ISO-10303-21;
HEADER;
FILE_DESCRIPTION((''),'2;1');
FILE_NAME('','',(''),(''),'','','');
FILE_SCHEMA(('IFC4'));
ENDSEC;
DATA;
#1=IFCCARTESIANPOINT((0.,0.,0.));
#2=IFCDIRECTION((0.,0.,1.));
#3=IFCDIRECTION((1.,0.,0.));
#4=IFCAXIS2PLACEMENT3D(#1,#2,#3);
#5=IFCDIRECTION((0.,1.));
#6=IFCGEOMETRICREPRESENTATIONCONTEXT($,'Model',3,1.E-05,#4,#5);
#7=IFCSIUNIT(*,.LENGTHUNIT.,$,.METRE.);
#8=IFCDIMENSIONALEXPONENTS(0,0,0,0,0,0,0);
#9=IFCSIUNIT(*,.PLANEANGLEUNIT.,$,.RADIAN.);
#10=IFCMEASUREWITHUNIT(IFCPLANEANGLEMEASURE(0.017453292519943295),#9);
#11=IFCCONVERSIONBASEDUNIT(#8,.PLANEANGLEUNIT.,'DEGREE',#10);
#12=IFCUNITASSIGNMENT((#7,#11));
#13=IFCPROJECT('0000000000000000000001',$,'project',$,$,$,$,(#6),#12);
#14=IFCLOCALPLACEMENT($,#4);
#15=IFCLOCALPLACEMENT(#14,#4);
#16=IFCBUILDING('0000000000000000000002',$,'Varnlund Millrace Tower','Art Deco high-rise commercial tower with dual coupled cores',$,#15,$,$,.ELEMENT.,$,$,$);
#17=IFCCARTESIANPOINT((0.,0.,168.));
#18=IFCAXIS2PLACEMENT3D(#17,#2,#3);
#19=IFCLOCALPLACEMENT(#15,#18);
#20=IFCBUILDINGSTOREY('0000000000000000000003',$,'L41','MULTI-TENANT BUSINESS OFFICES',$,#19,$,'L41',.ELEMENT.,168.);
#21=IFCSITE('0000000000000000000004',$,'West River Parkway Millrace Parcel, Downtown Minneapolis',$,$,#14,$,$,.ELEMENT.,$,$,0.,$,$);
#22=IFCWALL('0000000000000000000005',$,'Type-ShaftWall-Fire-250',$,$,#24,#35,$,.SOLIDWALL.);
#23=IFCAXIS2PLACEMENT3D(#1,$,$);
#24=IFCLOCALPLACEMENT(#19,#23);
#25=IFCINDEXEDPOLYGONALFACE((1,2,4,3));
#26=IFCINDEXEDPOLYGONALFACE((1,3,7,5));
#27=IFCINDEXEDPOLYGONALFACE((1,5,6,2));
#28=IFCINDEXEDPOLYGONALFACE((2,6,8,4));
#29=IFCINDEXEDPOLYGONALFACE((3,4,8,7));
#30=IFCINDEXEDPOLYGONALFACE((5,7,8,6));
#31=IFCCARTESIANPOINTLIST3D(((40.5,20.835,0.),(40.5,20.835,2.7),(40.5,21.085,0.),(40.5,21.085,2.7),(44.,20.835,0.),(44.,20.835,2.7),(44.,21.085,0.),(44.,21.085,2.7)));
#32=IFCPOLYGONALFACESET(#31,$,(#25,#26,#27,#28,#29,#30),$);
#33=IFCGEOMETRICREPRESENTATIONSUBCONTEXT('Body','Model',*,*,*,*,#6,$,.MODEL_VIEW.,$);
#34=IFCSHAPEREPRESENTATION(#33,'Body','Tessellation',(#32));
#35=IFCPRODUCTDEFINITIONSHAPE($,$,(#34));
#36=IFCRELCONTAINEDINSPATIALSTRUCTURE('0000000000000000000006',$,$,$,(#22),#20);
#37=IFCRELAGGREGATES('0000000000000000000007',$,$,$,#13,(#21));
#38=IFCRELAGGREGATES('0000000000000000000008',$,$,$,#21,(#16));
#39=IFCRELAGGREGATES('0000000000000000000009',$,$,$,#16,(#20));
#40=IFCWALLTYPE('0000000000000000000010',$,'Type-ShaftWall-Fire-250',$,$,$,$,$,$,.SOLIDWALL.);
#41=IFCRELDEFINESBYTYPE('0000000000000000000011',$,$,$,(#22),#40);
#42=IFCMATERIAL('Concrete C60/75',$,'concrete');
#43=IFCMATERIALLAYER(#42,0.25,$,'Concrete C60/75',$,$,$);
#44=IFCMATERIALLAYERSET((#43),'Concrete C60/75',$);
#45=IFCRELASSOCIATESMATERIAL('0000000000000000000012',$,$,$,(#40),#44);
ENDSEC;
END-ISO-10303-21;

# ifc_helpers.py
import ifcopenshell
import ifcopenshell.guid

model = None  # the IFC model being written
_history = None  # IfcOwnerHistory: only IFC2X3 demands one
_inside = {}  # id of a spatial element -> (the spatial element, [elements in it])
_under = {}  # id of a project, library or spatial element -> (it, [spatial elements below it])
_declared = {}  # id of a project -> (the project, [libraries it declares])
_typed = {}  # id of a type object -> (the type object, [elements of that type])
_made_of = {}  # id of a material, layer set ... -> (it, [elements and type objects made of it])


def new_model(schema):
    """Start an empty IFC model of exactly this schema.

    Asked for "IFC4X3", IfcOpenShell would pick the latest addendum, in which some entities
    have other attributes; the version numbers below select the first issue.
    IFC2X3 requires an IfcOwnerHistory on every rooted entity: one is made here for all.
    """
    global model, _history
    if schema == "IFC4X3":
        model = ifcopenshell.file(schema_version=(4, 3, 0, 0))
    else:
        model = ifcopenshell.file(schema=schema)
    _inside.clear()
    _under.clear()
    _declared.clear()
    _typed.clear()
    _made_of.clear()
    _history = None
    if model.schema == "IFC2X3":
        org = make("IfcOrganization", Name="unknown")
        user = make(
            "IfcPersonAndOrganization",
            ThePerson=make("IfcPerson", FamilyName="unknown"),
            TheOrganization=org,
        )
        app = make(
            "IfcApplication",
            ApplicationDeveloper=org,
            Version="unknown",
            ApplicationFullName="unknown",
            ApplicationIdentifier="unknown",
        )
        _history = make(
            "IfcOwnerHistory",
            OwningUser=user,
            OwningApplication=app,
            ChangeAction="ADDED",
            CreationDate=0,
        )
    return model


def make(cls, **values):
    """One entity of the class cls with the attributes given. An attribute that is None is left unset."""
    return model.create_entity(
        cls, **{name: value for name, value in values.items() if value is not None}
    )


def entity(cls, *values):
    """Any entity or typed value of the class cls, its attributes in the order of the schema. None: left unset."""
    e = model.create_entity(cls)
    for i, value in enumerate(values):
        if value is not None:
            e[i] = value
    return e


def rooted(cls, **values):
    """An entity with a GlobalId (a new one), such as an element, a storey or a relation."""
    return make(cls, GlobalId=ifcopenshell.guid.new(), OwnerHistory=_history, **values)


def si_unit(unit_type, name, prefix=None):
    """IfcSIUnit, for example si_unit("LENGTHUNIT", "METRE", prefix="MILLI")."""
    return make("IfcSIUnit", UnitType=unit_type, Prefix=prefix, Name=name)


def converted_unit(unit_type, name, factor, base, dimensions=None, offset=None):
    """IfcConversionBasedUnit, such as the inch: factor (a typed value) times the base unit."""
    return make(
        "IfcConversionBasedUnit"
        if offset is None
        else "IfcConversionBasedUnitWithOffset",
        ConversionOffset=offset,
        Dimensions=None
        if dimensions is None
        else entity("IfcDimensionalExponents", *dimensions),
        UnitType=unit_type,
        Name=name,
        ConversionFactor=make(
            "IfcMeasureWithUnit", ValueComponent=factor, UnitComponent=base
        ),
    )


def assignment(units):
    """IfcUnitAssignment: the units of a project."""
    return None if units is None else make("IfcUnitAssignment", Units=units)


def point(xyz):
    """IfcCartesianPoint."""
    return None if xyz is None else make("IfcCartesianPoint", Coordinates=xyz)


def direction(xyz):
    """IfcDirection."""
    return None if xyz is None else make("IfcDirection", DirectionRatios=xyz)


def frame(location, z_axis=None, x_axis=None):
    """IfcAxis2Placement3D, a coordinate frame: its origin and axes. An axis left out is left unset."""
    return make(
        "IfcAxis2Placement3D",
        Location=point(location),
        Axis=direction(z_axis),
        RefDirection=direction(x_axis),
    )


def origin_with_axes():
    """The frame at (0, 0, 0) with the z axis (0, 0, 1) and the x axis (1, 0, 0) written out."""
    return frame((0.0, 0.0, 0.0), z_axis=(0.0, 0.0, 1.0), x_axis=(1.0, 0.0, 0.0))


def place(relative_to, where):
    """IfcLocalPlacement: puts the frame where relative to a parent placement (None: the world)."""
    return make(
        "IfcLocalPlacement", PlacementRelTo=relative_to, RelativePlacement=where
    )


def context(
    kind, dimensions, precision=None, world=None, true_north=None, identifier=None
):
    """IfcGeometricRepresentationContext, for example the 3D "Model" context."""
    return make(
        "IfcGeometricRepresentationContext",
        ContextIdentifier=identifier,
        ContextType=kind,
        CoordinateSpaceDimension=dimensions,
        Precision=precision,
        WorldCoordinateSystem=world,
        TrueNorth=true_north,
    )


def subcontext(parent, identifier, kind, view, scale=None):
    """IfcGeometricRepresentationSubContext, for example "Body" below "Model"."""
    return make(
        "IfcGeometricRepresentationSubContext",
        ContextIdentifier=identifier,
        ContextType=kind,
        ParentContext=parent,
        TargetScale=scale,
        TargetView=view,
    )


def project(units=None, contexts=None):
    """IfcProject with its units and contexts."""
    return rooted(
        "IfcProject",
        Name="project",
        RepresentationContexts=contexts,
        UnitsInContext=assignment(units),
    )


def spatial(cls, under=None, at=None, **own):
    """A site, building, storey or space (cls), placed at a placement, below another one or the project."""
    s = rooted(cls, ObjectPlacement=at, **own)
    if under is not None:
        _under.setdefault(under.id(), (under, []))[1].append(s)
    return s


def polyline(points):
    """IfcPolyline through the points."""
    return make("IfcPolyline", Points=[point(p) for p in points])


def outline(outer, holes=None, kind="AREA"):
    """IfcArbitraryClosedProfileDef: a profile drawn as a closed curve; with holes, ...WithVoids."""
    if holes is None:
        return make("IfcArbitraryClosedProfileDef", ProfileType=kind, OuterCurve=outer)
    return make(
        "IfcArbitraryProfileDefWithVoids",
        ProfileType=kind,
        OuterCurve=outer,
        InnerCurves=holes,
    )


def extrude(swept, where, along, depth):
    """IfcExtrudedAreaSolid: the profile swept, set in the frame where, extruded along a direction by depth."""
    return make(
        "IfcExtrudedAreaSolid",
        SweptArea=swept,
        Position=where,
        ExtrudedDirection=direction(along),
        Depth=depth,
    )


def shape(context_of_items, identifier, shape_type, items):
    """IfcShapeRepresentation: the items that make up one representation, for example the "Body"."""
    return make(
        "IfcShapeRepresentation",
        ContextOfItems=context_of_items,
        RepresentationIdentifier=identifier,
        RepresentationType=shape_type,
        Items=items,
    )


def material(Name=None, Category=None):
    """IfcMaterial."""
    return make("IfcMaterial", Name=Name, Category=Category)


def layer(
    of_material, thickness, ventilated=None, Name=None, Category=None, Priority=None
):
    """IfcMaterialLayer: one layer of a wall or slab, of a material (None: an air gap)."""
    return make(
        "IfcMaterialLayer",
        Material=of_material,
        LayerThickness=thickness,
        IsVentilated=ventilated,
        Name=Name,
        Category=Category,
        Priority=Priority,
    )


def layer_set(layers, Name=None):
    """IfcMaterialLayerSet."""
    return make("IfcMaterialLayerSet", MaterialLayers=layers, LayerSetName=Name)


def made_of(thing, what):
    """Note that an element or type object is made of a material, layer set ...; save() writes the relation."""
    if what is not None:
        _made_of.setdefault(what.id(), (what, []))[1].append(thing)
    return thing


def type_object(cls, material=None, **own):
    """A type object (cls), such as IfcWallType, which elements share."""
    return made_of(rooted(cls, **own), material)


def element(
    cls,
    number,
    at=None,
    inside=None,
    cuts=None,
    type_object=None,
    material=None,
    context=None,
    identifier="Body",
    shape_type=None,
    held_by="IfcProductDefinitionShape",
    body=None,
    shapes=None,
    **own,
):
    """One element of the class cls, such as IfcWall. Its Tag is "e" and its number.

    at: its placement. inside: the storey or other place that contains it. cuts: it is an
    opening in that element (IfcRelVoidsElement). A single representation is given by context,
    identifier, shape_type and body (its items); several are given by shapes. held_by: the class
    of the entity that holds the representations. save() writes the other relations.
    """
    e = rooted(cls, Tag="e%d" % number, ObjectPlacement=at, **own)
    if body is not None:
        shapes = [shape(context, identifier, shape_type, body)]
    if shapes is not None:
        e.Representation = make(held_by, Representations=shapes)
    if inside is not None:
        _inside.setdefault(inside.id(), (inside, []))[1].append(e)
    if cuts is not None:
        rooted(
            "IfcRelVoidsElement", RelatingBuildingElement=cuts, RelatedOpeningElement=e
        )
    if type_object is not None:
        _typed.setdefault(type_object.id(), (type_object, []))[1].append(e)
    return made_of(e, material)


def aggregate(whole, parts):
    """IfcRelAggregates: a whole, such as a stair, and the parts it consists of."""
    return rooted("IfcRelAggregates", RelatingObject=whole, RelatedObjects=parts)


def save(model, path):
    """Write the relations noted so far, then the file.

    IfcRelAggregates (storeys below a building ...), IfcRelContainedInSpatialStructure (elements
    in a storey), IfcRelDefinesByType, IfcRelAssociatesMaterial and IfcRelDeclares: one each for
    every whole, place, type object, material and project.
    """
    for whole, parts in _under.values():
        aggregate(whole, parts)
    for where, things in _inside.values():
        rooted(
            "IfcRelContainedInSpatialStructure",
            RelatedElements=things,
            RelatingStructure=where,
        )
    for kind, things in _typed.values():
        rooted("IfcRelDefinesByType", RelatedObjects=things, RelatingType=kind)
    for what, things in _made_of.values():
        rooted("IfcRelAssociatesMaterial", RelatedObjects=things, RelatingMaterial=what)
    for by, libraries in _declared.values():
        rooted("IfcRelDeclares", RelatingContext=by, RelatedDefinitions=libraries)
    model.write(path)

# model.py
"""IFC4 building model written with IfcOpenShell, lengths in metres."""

from ifc_helpers import new_model, entity, si_unit, converted_unit, direction, frame, origin_with_axes, place, context, subcontext, project, spatial, polyline, outline, extrude, material, layer, layer_set, type_object, element, save


model = new_model("IFC4")

# Units and contexts
model_context = context("Model", 3, precision=1e-05, world=origin_with_axes(), true_north=direction((0.0, 1.0)))
body_context = subcontext(model_context, "Body", "Model", "MODEL_VIEW")
ifc_project = project(units=[si_unit("LENGTHUNIT", "METRE"), converted_unit("PLANEANGLEUNIT", "DEGREE", entity("IfcPlaneAngleMeasure", 0.017453292519943295), si_unit("PLANEANGLEUNIT", "RADIAN"), dimensions=[0, 0, 0, 0, 0, 0, 0])], contexts=[model_context])

# Site, building, storey
site_placement = place(None, origin_with_axes())
site = spatial("IfcSite", under=ifc_project, at=site_placement, Name="West River Parkway Millrace Parcel, Downtown Minneapolis", CompositionType="ELEMENT", RefElevation=0.0)
building_placement = place(site_placement, origin_with_axes())
building = spatial("IfcBuilding", under=site, at=building_placement, Name="Varnlund Millrace Tower", Description="Art Deco high-rise commercial tower with dual coupled cores", CompositionType="ELEMENT")
storey_placement = place(building_placement, frame((0.0, 0.0, 168.0), z_axis=(0.0, 0.0, 1.0), x_axis=(1.0, 0.0, 0.0)))
storey = spatial("IfcBuildingStorey", under=building, at=storey_placement, Name="L41", Description="MULTI-TENANT BUSINESS OFFICES", LongName="L41", CompositionType="ELEMENT", Elevation=168.0)

# Wall
ifc_material_1 = material(Name="Concrete C60/75", Category="concrete")
ifc_layer_1 = layer(ifc_material_1, 0.25, Name="Concrete C60/75")
ifc_layer_set_1 = layer_set([ifc_layer_1], Name="Concrete C60/75")
wall_type_1 = type_object("IfcWallType", Name="Type-ShaftWall-Fire-250", PredefinedType="SOLIDWALL", material=ifc_layer_set_1)
wall_1_placement = place(storey_placement, frame((40.5, 20.96, 0.0), z_axis=(0.0, 0.0, 1.0), x_axis=(1.0, 0.0, 0.0)))
element("IfcWall", 1, at=wall_1_placement, inside=storey, type_object=wall_type_1, Name="Type-ShaftWall-Fire-250", PredefinedType="SOLIDWALL", context=body_context, shape_type="SweptSolid", body=[
    extrude(outline(polyline([(0.0, -0.125), (3.5, -0.125), (3.5, 0.125), (0.0, 0.125), (0.0, -0.125)])), origin_with_axes(), (0.0, 0.0, 1.0), 2.7),
])

save(model, "model.ifc")
